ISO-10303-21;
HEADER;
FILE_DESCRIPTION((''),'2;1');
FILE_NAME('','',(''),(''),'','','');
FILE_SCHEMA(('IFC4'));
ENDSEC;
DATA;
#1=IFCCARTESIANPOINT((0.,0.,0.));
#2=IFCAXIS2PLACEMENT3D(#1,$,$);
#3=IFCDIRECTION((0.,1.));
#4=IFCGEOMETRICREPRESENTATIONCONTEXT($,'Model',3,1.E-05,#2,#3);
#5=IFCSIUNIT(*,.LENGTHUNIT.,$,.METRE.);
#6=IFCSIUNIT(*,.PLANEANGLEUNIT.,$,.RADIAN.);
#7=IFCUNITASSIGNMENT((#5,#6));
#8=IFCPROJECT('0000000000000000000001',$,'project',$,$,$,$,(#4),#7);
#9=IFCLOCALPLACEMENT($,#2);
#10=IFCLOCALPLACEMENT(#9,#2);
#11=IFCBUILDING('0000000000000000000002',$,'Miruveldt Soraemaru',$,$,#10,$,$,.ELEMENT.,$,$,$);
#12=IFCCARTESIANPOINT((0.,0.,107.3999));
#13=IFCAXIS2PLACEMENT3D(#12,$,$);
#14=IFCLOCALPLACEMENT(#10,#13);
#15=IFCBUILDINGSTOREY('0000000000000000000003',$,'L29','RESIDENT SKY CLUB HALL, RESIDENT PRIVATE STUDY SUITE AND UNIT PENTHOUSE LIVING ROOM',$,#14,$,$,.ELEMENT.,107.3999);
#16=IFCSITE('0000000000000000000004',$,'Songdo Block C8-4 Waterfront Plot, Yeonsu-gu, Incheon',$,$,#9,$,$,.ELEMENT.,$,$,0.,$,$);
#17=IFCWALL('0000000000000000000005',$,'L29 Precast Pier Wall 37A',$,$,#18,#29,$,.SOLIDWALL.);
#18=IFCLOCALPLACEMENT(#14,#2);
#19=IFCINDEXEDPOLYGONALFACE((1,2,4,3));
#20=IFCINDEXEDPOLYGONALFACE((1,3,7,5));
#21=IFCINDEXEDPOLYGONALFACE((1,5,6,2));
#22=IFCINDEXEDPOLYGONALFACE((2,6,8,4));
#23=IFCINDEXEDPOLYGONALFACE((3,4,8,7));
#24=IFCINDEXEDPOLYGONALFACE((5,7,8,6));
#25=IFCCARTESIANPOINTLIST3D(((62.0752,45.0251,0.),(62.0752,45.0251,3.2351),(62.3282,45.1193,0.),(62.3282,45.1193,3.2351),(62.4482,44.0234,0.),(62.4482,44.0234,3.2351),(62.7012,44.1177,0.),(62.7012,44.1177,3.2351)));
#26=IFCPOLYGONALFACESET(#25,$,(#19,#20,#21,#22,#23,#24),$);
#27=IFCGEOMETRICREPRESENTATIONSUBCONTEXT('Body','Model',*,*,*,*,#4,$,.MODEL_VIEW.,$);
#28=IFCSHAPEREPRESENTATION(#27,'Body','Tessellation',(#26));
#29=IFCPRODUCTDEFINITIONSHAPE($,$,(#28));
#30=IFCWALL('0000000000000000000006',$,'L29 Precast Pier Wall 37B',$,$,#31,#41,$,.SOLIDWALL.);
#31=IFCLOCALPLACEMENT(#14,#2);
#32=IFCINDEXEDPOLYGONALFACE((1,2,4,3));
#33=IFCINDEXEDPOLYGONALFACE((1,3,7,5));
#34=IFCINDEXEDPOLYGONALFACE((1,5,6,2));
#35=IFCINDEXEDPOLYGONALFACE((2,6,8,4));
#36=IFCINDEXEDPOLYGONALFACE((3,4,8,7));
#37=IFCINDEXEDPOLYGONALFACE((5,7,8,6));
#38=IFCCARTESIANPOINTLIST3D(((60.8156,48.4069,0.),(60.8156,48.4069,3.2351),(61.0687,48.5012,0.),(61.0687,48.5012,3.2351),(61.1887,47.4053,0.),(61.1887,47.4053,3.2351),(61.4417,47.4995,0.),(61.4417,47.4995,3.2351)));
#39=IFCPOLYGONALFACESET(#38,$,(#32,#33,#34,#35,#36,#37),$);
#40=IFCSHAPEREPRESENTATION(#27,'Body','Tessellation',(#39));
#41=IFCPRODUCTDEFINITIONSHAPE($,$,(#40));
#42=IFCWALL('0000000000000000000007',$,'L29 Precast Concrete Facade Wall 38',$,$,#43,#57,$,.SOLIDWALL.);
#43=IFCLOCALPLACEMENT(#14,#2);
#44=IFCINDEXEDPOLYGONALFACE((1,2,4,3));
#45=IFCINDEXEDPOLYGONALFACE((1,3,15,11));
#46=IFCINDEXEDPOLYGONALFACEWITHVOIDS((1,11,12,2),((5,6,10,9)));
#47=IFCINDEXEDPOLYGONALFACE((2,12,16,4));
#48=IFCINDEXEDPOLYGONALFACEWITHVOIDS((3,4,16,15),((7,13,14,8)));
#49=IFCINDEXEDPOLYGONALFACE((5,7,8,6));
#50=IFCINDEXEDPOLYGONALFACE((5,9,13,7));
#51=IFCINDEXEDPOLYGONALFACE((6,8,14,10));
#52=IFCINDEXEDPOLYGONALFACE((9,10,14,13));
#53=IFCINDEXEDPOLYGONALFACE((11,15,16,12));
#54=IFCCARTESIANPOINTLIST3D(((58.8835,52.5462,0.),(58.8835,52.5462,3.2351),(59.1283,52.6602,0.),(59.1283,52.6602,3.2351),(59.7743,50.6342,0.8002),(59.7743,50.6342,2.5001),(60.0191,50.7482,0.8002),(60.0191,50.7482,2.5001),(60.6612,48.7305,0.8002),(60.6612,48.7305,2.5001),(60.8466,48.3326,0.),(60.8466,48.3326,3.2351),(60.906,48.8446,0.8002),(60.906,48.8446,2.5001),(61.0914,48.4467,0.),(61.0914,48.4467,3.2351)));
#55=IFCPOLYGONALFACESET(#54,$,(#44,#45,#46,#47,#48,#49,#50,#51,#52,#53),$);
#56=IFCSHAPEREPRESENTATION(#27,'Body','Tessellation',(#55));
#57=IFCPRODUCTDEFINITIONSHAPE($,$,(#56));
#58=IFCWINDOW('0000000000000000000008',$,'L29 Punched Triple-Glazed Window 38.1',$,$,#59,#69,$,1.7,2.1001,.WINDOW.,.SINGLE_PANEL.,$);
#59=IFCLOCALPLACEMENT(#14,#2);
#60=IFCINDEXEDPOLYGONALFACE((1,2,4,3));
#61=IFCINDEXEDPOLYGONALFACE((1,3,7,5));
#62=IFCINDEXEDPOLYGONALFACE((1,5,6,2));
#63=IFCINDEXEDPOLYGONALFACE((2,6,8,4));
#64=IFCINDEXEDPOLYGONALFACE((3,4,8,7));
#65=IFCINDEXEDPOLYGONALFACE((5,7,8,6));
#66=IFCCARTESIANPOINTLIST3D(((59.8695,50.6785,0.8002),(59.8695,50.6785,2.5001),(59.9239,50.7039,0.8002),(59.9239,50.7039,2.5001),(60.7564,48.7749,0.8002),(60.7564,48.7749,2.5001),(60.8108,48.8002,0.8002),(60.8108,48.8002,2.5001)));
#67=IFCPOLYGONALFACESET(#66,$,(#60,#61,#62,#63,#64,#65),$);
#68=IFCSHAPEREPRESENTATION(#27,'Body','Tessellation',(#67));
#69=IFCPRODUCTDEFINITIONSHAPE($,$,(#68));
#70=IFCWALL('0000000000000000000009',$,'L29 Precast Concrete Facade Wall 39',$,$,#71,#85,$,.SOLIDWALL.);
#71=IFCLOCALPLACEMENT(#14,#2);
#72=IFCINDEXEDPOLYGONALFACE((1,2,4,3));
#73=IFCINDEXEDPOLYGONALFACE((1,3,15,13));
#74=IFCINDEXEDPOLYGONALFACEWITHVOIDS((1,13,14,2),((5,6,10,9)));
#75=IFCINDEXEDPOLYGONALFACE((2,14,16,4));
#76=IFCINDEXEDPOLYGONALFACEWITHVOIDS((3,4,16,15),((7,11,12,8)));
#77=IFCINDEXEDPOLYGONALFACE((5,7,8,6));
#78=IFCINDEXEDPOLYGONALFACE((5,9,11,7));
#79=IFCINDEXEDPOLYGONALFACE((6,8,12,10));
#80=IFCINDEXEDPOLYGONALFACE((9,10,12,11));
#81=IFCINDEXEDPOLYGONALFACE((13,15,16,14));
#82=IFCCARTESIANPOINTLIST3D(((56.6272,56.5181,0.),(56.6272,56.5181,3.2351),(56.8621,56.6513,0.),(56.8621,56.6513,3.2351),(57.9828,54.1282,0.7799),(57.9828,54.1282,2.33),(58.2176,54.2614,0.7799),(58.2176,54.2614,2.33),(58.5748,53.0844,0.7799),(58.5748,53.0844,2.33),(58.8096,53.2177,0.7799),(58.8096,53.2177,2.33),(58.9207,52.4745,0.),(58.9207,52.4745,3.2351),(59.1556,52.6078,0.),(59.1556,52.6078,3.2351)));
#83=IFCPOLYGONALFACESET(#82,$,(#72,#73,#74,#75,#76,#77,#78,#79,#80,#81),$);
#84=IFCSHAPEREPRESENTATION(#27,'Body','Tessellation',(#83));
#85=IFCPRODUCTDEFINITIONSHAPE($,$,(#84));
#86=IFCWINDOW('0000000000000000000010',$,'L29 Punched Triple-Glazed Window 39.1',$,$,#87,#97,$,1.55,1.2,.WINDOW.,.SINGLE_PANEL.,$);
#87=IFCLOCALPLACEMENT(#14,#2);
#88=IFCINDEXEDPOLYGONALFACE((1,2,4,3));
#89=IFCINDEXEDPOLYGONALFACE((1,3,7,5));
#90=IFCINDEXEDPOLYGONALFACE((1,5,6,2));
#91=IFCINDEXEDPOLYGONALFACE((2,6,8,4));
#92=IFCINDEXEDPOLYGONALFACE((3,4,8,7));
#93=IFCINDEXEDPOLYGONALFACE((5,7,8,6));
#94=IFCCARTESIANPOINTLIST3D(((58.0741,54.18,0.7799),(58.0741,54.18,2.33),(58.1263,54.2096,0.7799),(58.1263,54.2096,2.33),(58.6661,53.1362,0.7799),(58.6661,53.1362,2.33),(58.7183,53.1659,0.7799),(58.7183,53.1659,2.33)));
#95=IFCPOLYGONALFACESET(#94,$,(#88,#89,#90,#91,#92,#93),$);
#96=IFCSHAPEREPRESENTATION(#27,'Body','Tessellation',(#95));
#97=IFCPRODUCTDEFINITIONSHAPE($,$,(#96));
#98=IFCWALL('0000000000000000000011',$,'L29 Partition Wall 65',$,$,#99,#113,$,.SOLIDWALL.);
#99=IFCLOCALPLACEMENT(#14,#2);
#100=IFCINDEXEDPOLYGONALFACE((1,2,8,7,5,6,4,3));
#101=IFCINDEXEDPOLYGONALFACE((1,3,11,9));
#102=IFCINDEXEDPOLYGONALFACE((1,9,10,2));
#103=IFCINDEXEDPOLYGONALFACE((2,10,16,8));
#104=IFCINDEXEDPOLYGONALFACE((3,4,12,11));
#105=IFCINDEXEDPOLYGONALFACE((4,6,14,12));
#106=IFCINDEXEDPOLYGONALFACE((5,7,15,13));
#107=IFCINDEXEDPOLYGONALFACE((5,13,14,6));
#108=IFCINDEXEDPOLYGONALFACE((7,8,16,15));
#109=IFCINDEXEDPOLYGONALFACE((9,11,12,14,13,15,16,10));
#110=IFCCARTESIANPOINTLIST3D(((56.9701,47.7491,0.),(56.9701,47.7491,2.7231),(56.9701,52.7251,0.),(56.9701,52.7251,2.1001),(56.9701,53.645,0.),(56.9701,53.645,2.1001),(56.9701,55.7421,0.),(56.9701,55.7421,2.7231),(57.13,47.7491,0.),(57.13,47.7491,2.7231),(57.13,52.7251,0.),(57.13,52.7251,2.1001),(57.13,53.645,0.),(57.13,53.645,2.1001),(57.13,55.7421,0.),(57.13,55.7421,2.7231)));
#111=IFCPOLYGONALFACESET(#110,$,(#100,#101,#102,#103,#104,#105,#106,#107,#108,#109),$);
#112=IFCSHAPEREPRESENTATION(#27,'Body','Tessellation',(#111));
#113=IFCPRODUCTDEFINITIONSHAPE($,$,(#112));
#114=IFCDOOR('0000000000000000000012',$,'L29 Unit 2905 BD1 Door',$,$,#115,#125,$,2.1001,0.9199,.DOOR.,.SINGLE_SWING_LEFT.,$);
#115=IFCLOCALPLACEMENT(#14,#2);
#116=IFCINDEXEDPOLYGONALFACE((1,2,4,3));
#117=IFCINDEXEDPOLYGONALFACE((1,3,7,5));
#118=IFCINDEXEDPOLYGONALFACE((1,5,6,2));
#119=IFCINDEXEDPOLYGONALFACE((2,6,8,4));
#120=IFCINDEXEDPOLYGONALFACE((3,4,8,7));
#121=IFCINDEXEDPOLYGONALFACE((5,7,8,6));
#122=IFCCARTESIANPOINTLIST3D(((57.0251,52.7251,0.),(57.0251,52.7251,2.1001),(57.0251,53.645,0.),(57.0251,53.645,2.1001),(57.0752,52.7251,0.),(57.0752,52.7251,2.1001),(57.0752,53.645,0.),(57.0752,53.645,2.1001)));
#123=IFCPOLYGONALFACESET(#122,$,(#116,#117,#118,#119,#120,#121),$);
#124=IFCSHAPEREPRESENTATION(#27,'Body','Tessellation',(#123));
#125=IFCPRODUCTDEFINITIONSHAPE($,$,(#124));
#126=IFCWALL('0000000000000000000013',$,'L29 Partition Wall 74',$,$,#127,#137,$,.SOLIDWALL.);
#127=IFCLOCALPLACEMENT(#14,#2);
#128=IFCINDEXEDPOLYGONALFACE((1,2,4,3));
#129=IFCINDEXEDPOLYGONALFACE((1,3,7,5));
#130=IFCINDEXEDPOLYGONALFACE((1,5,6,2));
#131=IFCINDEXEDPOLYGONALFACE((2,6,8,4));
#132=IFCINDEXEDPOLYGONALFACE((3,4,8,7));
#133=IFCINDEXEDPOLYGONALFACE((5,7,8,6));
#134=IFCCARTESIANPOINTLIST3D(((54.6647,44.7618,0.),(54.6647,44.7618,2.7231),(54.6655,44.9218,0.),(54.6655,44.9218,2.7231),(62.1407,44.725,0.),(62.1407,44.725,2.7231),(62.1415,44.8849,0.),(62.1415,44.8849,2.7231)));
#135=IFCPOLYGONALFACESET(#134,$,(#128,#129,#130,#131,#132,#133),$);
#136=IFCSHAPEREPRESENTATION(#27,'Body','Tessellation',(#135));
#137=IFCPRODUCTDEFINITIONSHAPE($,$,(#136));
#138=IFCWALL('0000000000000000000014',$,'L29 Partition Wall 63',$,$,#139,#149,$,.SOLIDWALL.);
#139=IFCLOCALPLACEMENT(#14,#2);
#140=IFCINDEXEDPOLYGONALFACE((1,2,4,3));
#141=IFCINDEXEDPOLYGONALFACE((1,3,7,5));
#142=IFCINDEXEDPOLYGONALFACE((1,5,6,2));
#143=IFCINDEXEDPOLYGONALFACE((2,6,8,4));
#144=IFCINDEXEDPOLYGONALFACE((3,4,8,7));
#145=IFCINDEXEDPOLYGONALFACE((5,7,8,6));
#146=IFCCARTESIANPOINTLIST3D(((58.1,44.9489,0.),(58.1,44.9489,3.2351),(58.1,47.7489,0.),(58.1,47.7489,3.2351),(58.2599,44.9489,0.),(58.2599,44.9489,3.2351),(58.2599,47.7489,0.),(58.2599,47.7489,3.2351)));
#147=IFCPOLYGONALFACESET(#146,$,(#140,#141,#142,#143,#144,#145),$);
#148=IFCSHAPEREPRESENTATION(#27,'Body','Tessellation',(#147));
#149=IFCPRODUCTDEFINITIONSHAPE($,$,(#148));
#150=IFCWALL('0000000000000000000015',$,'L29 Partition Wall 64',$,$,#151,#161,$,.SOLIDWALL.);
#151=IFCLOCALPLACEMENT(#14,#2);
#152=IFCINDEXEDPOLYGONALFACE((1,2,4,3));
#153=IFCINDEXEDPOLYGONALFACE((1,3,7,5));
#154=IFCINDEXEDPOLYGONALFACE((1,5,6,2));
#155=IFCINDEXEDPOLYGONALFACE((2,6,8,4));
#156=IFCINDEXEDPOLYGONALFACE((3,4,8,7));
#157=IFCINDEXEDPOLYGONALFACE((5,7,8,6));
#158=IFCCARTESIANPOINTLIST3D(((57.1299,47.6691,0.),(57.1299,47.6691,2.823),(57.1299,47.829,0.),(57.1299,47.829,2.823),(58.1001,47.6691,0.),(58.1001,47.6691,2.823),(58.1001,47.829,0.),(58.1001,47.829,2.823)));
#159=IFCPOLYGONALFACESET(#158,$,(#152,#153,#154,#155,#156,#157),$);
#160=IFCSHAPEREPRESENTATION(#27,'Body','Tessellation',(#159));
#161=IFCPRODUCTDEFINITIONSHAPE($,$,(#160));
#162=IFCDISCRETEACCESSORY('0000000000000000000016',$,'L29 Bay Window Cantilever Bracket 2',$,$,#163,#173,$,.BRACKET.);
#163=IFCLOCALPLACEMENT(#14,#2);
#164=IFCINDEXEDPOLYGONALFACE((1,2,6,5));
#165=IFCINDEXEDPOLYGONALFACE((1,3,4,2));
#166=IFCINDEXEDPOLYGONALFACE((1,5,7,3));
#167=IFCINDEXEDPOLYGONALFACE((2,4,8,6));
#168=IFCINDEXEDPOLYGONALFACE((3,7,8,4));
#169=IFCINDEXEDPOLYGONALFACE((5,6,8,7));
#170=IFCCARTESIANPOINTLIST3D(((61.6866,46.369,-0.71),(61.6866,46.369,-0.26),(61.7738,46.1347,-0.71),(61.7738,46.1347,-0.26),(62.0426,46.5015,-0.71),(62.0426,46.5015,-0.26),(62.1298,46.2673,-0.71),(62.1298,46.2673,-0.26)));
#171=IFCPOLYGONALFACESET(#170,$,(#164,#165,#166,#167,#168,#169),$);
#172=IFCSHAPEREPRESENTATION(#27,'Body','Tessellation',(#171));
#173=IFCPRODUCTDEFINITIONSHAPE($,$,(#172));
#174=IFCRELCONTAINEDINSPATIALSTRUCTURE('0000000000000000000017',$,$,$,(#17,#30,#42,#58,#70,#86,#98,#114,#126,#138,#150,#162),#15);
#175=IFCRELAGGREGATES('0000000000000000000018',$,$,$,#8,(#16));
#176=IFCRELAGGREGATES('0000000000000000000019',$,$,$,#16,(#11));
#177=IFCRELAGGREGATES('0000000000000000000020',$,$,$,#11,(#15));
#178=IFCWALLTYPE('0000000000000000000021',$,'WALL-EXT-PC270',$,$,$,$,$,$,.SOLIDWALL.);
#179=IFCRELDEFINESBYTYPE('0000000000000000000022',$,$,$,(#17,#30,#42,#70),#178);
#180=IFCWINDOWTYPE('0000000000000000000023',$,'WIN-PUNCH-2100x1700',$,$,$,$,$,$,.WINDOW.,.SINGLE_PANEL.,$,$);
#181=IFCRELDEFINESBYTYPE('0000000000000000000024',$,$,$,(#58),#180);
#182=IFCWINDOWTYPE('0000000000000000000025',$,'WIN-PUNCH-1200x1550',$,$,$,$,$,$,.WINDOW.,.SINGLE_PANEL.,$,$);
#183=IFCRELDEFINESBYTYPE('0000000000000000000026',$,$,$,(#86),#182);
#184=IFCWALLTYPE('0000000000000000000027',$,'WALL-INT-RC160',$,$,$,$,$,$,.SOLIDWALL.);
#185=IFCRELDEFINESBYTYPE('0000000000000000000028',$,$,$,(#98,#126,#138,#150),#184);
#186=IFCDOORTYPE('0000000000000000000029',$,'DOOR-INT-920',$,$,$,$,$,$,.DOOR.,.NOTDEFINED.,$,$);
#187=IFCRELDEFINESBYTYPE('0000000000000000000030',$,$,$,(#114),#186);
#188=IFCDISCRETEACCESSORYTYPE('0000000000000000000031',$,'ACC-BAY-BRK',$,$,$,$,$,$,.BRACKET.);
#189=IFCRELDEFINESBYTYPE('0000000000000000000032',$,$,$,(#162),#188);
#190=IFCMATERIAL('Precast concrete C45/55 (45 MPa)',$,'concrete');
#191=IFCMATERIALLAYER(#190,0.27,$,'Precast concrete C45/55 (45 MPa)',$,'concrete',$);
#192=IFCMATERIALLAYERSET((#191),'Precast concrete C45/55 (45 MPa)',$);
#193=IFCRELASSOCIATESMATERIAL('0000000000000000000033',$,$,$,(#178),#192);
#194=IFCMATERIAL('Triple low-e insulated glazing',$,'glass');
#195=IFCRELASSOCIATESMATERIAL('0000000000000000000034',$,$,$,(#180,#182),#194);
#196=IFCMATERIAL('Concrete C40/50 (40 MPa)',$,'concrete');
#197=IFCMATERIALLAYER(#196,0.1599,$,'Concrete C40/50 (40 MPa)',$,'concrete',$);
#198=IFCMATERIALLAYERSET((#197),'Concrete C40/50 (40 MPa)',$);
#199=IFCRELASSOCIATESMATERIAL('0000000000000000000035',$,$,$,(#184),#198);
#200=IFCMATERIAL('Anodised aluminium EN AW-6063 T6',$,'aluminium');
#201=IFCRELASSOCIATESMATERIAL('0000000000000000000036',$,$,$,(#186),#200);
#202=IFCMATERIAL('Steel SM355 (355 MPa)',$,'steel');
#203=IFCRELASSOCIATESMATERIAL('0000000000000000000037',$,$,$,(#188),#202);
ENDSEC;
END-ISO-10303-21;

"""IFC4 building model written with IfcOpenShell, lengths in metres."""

from ifc_helpers import new_model, si_unit, direction, frame, frame_2d, origin, origin_2d, place, context, subcontext, project, spatial, rectangle, extrude, material, layer, layer_set, type_object, element, fill, save


model = new_model("IFC4")

# Units and contexts
model_context = context("Model", 3, precision=1e-05, world=origin(), true_north=direction((0.0, 1.0)))
body_context = subcontext(model_context, "Body", "Model", "MODEL_VIEW")
ifc_project = project(units=[si_unit("LENGTHUNIT", "METRE"), si_unit("PLANEANGLEUNIT", "RADIAN")], contexts=[model_context])

# Site, building, storey
site_placement = place(None, origin())
site = spatial("IfcSite", under=ifc_project, at=site_placement, Name="Songdo Block C8-4 Waterfront Plot, Yeonsu-gu, Incheon", CompositionType="ELEMENT", RefElevation=0.0)
building_placement = place(site_placement, origin())
building = spatial("IfcBuilding", under=site, at=building_placement, Name="Miruveldt Soraemaru", CompositionType="ELEMENT")
storey_placement = place(building_placement, frame((0.0, 0.0, 107.3999)))
storey = spatial("IfcBuildingStorey", under=building, at=storey_placement, Name="L29", Description="RESIDENT SKY CLUB HALL, RESIDENT PRIVATE STUDY SUITE AND UNIT PENTHOUSE LIVING ROOM", CompositionType="ELEMENT", Elevation=107.3999)

# Shared definitions
ifc_material_1 = material(Name="Steel SM355 (355 MPa)", Category="steel")

# Shared definitions
ifc_material_2 = material(Name="Anodised aluminium EN AW-6063 T6", Category="aluminium")

# Shared definitions
ifc_material_3 = material(Name="Triple low-e insulated glazing", Category="glass")

# Walls
ifc_material_4 = material(Name="Precast concrete C45/55 (45 MPa)", Category="concrete")
ifc_layer_1 = layer(ifc_material_4, 0.27, Name="Precast concrete C45/55 (45 MPa)", Category="concrete")
ifc_layer_set_1 = layer_set([ifc_layer_1], Name="Precast concrete C45/55 (45 MPa)")
wall_type_1 = type_object("IfcWallType", Name="WALL-EXT-PC270", PredefinedType="SOLIDWALL", material=ifc_layer_set_1)
for number, where, z_axis, x_axis, name in (
    (1, (62.5747, 44.0706, 0.0), (0.0, 0.0, 1.0), (-0.348995, 0.937125, 0.0), "L29 Precast Pier Wall 37A"),
    (2, (61.3152, 47.4524, 0.0), (0.0, 0.0, 1.0), (-0.348995, 0.937125, 0.0), "L29 Precast Pier Wall 37B"),
):
    element("IfcWall", number, at=place(storey_placement, frame(where, z_axis=z_axis, x_axis=x_axis)), inside=storey, type_object=wall_type_1, Name=name, PredefinedType="SOLIDWALL", context=body_context, shape_type="SweptSolid", body=[
        extrude(rectangle(XDim=1.0688, YDim=0.27, at=frame_2d((0.5344, 0.0))), origin(), (0.0, 0.0, 1.0), 3.2351),
    ])

# Walls, openings, windows
wall_1_placement = place(storey_placement, frame((60.969, 48.3896, 0.0), z_axis=(0.0, 0.0, 1.0), x_axis=(-0.422316, 0.906449, 0.0)))
wall_1 = element("IfcWall", 3, at=wall_1_placement, inside=storey, type_object=wall_type_1, Name="L29 Precast Concrete Facade Wall 38", PredefinedType="SOLIDWALL", context=body_context, shape_type="SweptSolid", body=[
    extrude(rectangle(XDim=4.6484, YDim=0.27, at=frame_2d((2.3242, 0.0))), origin(), (0.0, 0.0, 1.0), 3.2351),
])
opening_1_placement = place(wall_1_placement, frame((0.439, 0.0, 0.8)))
opening_1 = element("IfcOpeningElement", 4, at=opening_1_placement, cuts=wall_1, PredefinedType="OPENING", context=body_context, shape_type="SweptSolid", body=[
    extrude(rectangle(XDim=2.1001, YDim=1.7, at=frame_2d((1.05, 0.8501))), frame((0.0, 0.145, 0.0), z_axis=(0.0, -1.0, 0.0), x_axis=(1.0, 0.0, 0.0)), (0.0, 0.0, 1.0), 0.29),
])
window_type_1 = type_object("IfcWindowType", Name="WIN-PUNCH-2100x1700", PartitioningType="SINGLE_PANEL", PredefinedType="WINDOW", material=ifc_material_3)
window_1_placement = place(opening_1_placement, origin())
window_1 = element("IfcWindow", 5, at=window_1_placement, inside=storey, type_object=window_type_1, Name="L29 Punched Triple-Glazed Window 38.1", OverallHeight=1.7, OverallWidth=2.1001, PartitioningType="SINGLE_PANEL", PredefinedType="WINDOW", context=body_context, shape_type="SweptSolid", body=[
    extrude(rectangle(XDim=2.1001, YDim=1.7, at=frame_2d((1.05, 0.8501))), frame((0.0, 0.03, 0.0), z_axis=(0.0, -1.0, 0.0), x_axis=(1.0, 0.0, 0.0)), (0.0, 0.0, 1.0), 0.0601),
])
fill(opening_1, window_1)
wall_2_placement = place(storey_placement, frame((59.0381, 52.5413, 0.0), z_axis=(0.0, 0.0, 1.0), x_axis=(-0.493365, 0.869822, 0.0)))
wall_2 = element("IfcWall", 6, at=wall_2_placement, inside=storey, type_object=wall_type_1, Name="L29 Precast Concrete Facade Wall 39", PredefinedType="SOLIDWALL", context=body_context, shape_type="SweptSolid", body=[
    extrude(rectangle(XDim=4.6487, YDim=0.27, at=frame_2d((2.3242, 0.0))), origin(), (0.0, 0.0, 1.0), 3.2351),
])
opening_2_placement = place(wall_2_placement, frame((0.7009, 0.0, 0.78)))
opening_2 = element("IfcOpeningElement", 7, at=opening_2_placement, cuts=wall_2, PredefinedType="OPENING", context=body_context, shape_type="SweptSolid", body=[
    extrude(rectangle(XDim=1.2, YDim=1.55, at=frame_2d((0.6001, 0.7749))), frame((0.0, 0.145, 0.0), z_axis=(0.0, -1.0, 0.0), x_axis=(1.0, 0.0, 0.0)), (0.0, 0.0, 1.0), 0.29),
])
window_type_2 = type_object("IfcWindowType", Name="WIN-PUNCH-1200x1550", PartitioningType="SINGLE_PANEL", PredefinedType="WINDOW", material=ifc_material_3)
window_2_placement = place(opening_2_placement, origin())
window_2 = element("IfcWindow", 8, at=window_2_placement, inside=storey, type_object=window_type_2, Name="L29 Punched Triple-Glazed Window 39.1", OverallHeight=1.55, OverallWidth=1.2, PartitioningType="SINGLE_PANEL", PredefinedType="WINDOW", context=body_context, shape_type="SweptSolid", body=[
    extrude(rectangle(XDim=1.2, YDim=1.55, at=frame_2d((0.6001, 0.7749))), frame((0.0, 0.03, 0.0), z_axis=(0.0, -1.0, 0.0), x_axis=(1.0, 0.0, 0.0)), (0.0, 0.0, 1.0), 0.0601),
])
fill(opening_2, window_2)

# Wall, opening, door
ifc_material_5 = material(Name="Concrete C40/50 (40 MPa)", Category="concrete")
ifc_layer_2 = layer(ifc_material_5, 0.1599, Name="Concrete C40/50 (40 MPa)", Category="concrete")
ifc_layer_set_2 = layer_set([ifc_layer_2], Name="Concrete C40/50 (40 MPa)")
wall_type_2 = type_object("IfcWallType", Name="WALL-INT-RC160", PredefinedType="SOLIDWALL", material=ifc_layer_set_2)
wall_3_placement = place(storey_placement, frame((57.05, 47.749, 0.0), z_axis=(0.0, 0.0, 1.0), x_axis=(0.0, 1.0, 0.0)))
wall_3 = element("IfcWall", 9, at=wall_3_placement, inside=storey, type_object=wall_type_2, Name="L29 Partition Wall 65", PredefinedType="SOLIDWALL", context=body_context, shape_type="SweptSolid", body=[
    extrude(rectangle(XDim=7.9929, YDim=0.1599, at=frame_2d((3.9966, 0.0))), origin(), (0.0, 0.0, 1.0), 2.7231),
])
opening_3_placement = place(wall_3_placement, frame((4.9761, 0.0, 0.0)))
opening_3 = element("IfcOpeningElement", 10, at=opening_3_placement, cuts=wall_3, PredefinedType="OPENING", context=body_context, shape_type="SweptSolid", body=[
    extrude(rectangle(XDim=0.9199, YDim=2.1001, at=frame_2d((0.46, 1.05))), frame((0.0, 0.0898, 0.0), z_axis=(0.0, -1.0, 0.0), x_axis=(1.0, 0.0, 0.0)), (0.0, 0.0, 1.0), 0.1799),
])
door_type = type_object("IfcDoorType", Name="DOOR-INT-920", OperationType="NOTDEFINED", PredefinedType="DOOR", material=ifc_material_2)
door_placement = place(opening_3_placement, origin())
door = element("IfcDoor", 11, at=door_placement, inside=storey, type_object=door_type, Name="L29 Unit 2905 BD1 Door", OperationType="SINGLE_SWING_LEFT", OverallHeight=2.1001, OverallWidth=0.9199, PredefinedType="DOOR", context=body_context, shape_type="SweptSolid", body=[
    extrude(rectangle(XDim=0.9199, YDim=2.1001, at=frame_2d((0.46, 1.05))), frame((0.0, 0.0249, 0.0), z_axis=(0.0, -1.0, 0.0), x_axis=(1.0, 0.0, 0.0)), (0.0, 0.0, 1.0), 0.05),
])
fill(opening_3, door)

# Walls
wall_4_placement = place(storey_placement, frame((62.1411, 44.8049, 0.0), z_axis=(0.0, 0.0, 1.0), x_axis=(-0.999988, 0.004931, 0.0)))
element("IfcWall", 12, at=wall_4_placement, inside=storey, type_object=wall_type_2, Name="L29 Partition Wall 74", PredefinedType="SOLIDWALL", context=body_context, shape_type="SweptSolid", body=[
    extrude(rectangle(XDim=7.4761, YDim=0.1599, at=frame_2d((3.738, 0.0))), origin(), (0.0, 0.0, 1.0), 2.7231),
])
wall_5_placement = place(storey_placement, frame((58.1799, 44.949, 0.0), z_axis=(0.0, 0.0, 1.0), x_axis=(0.0, 1.0, 0.0)))
element("IfcWall", 13, at=wall_5_placement, inside=storey, type_object=wall_type_2, Name="L29 Partition Wall 63", PredefinedType="SOLIDWALL", context=body_context, shape_type="SweptSolid", body=[
    extrude(rectangle(XDim=2.8, YDim=0.1599, at=frame_2d((1.3999, 0.0))), origin(), (0.0, 0.0, 1.0), 3.2351),
])
wall_6_placement = place(storey_placement, frame((58.1001, 47.749, 0.0), z_axis=(0.0, 0.0, 1.0), x_axis=(-1.0, 0.0, 0.0)))
element("IfcWall", 14, at=wall_6_placement, inside=storey, type_object=wall_type_2, Name="L29 Partition Wall 64", PredefinedType="SOLIDWALL", context=body_context, shape_type="SweptSolid", body=[
    extrude(rectangle(XDim=0.9702, YDim=0.1599, at=frame_2d((0.4851, 0.0))), origin(), (0.0, 0.0, 1.0), 2.823),
])

# Discrete accessory
discrete_accessory_type = type_object("IfcDiscreteAccessoryType", Name="ACC-BAY-BRK", PredefinedType="BRACKET", material=ifc_material_1)
discrete_accessory_placement = place(storey_placement, frame((61.9082, 46.3181, -0.71), z_axis=(0.0, 0.0, 1.0), x_axis=(0.937112, 0.34903, 0.0)))
element("IfcDiscreteAccessory", 15, at=discrete_accessory_placement, inside=storey, type_object=discrete_accessory_type, Name="L29 Bay Window Cantilever Bracket 2", PredefinedType="BRACKET", context=body_context, shape_type="SweptSolid", body=[
    extrude(rectangle(XDim=0.3799, YDim=0.25, at=origin_2d()), origin(), (0.0, 0.0, 1.0), 0.45),
])

save(model, "model.ifc")
